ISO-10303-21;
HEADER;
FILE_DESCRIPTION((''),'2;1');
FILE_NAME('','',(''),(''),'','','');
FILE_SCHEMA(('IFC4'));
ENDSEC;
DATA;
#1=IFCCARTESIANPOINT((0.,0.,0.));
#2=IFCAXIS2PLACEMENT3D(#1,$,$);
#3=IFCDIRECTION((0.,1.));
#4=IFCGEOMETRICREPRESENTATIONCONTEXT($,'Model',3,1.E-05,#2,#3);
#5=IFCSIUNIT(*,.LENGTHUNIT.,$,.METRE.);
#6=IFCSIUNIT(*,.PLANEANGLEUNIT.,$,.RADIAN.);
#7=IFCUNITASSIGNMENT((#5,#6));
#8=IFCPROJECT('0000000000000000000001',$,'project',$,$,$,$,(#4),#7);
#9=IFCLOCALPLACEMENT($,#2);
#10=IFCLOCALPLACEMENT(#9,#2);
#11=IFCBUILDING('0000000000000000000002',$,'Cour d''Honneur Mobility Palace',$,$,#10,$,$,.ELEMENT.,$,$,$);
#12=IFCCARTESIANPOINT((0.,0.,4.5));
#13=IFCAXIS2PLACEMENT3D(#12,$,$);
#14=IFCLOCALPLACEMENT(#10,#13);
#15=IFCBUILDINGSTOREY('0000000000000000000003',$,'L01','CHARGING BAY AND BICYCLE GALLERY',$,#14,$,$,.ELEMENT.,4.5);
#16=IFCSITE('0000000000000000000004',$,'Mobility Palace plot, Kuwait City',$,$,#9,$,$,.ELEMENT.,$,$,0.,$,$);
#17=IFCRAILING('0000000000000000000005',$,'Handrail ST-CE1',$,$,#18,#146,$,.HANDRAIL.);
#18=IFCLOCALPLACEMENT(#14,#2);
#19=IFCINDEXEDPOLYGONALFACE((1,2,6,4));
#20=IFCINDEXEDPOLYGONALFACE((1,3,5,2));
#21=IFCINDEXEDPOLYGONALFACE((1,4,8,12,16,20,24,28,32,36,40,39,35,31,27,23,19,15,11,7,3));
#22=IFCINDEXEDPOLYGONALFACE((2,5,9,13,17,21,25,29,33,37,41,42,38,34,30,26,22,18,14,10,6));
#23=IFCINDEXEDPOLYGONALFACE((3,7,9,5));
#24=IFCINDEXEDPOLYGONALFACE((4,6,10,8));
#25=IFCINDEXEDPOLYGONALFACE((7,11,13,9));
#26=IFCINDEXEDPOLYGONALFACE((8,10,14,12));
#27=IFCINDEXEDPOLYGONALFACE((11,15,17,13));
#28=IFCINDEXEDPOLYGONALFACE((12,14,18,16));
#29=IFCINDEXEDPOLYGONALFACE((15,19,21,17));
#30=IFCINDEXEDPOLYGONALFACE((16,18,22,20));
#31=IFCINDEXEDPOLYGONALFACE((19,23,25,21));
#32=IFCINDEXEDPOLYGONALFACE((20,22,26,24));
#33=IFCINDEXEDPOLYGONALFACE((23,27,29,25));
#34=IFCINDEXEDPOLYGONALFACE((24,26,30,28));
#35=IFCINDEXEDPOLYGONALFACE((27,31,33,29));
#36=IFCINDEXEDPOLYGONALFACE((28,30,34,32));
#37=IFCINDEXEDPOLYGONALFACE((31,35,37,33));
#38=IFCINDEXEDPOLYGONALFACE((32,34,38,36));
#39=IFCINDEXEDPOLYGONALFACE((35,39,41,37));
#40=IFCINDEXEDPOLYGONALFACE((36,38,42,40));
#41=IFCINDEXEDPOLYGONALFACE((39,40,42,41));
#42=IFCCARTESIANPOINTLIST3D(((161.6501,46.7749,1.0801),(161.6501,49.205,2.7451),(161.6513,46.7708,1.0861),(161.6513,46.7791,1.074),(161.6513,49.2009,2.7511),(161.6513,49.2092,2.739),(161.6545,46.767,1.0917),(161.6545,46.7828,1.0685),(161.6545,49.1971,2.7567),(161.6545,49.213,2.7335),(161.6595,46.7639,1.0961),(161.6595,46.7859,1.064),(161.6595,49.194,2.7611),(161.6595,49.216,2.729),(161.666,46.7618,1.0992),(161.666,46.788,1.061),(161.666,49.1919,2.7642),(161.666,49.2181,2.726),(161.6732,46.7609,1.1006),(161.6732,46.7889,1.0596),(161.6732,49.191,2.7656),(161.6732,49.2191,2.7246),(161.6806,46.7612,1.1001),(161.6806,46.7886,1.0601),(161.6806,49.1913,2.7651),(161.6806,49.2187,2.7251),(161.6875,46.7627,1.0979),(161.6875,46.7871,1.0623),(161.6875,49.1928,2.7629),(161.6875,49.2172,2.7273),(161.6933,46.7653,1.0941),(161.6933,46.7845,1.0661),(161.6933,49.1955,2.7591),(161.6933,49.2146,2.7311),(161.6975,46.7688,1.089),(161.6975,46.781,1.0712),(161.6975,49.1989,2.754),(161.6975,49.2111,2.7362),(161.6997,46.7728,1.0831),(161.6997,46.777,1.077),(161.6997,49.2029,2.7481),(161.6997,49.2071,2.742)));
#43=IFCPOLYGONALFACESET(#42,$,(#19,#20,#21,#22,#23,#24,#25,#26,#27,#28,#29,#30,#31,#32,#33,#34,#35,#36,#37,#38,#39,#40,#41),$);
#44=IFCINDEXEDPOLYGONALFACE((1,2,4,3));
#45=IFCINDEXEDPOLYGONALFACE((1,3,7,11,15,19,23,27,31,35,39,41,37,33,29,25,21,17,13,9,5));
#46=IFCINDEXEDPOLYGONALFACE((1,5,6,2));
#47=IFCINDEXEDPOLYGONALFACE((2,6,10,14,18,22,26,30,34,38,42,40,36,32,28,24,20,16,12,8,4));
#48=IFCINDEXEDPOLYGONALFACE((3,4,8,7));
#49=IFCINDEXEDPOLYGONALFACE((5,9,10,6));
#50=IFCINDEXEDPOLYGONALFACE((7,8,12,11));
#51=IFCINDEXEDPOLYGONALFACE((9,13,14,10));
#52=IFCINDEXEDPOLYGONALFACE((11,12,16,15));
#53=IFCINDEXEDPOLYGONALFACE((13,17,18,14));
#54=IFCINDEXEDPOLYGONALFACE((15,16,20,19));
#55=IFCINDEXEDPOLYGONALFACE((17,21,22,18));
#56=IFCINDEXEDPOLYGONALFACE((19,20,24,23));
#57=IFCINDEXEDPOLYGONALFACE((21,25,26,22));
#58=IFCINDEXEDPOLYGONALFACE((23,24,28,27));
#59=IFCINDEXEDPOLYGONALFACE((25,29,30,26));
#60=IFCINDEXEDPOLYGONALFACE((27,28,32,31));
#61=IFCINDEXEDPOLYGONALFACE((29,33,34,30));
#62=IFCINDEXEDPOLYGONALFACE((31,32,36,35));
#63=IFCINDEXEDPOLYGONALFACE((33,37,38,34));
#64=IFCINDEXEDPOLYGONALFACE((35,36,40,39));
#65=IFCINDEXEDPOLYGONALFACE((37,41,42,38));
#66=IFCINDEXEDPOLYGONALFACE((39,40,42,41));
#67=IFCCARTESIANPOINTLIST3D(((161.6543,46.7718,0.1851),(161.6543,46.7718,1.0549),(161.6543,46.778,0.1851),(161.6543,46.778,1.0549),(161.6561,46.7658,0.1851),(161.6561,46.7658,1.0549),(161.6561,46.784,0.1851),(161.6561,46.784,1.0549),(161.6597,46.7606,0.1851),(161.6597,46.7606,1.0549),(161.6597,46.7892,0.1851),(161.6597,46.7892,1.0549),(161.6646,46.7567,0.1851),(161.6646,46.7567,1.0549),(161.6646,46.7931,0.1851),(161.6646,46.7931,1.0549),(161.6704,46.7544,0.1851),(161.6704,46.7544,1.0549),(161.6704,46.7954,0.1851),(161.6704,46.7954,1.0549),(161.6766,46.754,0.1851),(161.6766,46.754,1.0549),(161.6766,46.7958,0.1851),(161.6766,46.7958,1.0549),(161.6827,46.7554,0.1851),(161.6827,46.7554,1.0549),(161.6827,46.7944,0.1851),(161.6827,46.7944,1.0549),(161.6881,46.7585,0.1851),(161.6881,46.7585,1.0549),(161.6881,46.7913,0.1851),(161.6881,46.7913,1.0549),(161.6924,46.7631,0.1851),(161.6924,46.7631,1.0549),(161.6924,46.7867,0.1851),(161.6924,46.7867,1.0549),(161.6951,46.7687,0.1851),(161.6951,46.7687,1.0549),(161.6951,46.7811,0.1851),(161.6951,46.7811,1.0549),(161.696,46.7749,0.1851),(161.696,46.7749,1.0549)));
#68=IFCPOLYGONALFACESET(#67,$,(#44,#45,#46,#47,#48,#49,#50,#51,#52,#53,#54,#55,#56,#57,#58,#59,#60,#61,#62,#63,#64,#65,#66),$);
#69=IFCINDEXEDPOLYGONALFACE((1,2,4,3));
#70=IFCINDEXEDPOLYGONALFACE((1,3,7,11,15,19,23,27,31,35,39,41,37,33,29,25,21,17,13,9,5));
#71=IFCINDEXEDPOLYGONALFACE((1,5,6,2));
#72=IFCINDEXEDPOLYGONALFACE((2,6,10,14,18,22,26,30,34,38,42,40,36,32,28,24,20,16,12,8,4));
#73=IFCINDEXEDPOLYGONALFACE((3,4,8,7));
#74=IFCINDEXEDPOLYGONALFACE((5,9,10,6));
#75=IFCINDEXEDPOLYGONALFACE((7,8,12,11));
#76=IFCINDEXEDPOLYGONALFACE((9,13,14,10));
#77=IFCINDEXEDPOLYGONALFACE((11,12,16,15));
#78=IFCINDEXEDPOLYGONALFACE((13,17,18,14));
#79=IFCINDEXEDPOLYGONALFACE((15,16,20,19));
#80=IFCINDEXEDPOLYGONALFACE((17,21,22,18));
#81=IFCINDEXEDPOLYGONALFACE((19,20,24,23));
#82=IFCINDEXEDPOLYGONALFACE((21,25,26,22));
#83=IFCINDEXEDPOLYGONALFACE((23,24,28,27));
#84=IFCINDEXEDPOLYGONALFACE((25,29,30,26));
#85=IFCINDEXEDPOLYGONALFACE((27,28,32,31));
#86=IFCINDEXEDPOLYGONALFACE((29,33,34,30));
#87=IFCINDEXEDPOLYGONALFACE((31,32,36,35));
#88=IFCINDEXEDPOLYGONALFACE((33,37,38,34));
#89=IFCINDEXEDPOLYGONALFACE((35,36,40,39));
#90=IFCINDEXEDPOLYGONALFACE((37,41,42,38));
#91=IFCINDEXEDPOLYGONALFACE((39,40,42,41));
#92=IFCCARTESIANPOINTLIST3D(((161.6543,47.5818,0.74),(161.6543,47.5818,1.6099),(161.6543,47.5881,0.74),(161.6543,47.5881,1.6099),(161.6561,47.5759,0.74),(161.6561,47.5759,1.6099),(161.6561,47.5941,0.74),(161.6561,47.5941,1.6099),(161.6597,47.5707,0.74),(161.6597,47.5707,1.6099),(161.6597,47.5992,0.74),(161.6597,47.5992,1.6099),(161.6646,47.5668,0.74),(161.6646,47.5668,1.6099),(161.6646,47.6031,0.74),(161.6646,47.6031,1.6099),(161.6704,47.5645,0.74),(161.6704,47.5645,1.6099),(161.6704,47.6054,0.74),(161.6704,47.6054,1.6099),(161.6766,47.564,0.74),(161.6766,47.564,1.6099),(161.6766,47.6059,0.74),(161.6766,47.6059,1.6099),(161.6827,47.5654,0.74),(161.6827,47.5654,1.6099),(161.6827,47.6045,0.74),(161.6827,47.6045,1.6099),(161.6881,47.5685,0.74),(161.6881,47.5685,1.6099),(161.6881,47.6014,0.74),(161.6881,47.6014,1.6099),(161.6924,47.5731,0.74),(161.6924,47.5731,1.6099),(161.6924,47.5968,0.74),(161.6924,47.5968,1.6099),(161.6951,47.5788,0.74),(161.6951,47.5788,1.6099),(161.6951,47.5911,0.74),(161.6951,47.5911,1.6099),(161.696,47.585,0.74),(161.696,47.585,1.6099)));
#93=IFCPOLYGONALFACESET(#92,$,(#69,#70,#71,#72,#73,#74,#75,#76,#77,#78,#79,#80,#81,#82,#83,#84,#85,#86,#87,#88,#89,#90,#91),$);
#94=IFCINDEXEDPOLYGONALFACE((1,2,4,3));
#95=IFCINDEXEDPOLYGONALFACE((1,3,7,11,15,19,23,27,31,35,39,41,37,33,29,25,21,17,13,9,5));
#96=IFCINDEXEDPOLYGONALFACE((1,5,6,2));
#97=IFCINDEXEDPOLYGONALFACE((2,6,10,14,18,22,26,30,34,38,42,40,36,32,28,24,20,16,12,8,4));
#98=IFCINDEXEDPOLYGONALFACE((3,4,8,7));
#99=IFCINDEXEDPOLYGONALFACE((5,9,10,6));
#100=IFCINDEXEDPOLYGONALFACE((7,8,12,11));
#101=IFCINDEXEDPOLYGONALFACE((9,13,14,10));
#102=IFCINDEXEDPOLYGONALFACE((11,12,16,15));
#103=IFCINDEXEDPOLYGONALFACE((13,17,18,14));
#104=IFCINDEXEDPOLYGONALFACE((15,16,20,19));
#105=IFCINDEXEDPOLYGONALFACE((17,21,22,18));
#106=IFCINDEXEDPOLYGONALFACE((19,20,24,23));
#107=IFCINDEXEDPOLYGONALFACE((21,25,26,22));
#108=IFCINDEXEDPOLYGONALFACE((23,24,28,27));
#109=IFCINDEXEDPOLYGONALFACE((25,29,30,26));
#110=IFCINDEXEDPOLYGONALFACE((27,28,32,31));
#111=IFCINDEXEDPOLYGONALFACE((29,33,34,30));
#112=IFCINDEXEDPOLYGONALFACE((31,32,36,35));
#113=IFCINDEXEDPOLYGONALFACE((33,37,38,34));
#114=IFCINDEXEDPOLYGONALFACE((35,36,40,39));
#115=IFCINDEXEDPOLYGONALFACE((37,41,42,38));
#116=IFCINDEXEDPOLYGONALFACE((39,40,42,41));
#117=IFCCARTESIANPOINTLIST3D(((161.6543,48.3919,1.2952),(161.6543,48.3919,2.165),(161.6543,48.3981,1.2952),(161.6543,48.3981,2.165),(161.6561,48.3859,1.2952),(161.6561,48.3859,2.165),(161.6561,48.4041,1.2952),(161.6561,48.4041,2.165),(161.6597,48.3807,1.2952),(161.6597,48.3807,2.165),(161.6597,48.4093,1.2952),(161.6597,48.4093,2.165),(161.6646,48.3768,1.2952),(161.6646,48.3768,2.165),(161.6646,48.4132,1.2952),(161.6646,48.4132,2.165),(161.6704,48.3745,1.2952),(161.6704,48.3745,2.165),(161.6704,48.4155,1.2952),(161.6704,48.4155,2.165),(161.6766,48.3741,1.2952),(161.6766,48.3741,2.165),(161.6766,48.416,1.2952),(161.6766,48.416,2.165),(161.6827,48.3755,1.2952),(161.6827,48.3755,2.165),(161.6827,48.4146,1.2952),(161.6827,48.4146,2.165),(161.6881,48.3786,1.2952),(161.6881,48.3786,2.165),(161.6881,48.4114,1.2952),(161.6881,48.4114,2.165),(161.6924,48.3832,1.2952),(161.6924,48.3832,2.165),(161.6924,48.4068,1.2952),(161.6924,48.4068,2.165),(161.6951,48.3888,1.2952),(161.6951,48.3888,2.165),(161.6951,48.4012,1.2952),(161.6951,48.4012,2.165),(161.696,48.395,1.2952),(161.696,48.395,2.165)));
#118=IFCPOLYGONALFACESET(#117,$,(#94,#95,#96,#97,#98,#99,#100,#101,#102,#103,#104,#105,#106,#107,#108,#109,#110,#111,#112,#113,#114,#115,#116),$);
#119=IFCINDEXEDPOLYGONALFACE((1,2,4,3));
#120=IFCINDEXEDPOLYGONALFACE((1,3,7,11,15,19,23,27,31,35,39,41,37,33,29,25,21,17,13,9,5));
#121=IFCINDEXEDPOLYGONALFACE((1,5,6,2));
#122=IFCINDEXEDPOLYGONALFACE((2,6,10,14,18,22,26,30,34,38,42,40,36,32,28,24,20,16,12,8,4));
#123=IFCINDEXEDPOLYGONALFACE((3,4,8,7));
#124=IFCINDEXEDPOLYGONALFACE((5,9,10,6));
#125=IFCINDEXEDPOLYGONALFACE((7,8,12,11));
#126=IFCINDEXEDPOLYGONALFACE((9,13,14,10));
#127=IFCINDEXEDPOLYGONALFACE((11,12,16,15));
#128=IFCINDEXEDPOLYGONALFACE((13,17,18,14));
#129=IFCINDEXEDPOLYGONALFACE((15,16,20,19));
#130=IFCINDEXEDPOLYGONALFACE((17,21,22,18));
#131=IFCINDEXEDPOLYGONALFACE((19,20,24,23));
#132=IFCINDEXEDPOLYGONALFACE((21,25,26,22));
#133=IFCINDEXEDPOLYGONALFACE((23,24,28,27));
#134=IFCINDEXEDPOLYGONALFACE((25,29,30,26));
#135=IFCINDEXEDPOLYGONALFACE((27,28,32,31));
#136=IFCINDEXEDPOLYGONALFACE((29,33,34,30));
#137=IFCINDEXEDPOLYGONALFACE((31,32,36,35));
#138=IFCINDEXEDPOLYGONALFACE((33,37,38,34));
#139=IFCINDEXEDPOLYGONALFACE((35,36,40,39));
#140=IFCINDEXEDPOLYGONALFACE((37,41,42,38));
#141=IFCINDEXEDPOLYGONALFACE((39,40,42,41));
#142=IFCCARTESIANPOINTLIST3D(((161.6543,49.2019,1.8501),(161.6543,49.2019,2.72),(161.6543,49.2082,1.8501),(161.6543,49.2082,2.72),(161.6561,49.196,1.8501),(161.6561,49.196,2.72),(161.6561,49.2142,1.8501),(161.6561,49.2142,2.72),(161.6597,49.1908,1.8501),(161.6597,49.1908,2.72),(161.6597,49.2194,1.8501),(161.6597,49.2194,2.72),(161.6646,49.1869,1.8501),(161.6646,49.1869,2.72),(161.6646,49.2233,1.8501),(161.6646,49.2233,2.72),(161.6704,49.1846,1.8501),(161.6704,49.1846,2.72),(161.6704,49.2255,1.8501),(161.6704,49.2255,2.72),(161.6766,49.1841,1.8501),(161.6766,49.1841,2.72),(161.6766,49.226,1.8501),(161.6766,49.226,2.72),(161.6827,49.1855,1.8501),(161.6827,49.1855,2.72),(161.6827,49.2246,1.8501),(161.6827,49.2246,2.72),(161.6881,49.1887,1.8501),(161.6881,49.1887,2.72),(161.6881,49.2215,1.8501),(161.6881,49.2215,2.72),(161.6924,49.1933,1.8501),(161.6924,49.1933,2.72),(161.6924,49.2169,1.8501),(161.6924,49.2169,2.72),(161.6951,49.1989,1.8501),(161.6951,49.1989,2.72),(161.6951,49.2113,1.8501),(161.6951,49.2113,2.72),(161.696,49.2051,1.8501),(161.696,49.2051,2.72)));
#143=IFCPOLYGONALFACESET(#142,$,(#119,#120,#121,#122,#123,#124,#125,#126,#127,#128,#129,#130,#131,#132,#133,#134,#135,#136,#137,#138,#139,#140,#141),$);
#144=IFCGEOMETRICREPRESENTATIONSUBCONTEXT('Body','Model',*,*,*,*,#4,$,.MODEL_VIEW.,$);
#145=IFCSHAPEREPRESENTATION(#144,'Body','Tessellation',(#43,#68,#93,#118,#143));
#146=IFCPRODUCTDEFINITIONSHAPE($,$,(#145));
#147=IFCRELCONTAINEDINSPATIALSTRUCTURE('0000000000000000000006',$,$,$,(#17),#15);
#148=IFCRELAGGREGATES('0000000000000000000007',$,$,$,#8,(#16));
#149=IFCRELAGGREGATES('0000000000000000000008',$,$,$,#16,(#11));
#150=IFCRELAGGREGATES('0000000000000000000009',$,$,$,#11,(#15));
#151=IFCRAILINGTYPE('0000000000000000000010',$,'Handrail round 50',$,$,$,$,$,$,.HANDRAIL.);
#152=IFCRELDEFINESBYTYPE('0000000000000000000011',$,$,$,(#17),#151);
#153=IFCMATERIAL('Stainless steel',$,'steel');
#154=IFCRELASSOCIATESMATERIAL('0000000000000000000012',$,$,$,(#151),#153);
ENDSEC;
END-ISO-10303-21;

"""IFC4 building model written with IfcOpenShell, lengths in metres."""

from ifc_helpers import new_model, si_unit, direction, frame, origin, origin_2d, place, context, subcontext, project, spatial, circle, extrude, material, type_object, element, save


model = new_model("IFC4")

# Units and contexts
model_context = context("Model", 3, precision=1e-05, world=origin(), true_north=direction((0.0, 1.0)))
body_context = subcontext(model_context, "Body", "Model", "MODEL_VIEW")
ifc_project = project(units=[si_unit("LENGTHUNIT", "METRE"), si_unit("PLANEANGLEUNIT", "RADIAN")], contexts=[model_context])

# Site, building, storey
site_placement = place(None, origin())
site = spatial("IfcSite", under=ifc_project, at=site_placement, Name="Mobility Palace plot, Kuwait City", CompositionType="ELEMENT", RefElevation=0.0)
building_placement = place(site_placement, origin())
building = spatial("IfcBuilding", under=site, at=building_placement, Name="Cour d'Honneur Mobility Palace", CompositionType="ELEMENT")
storey_placement = place(building_placement, frame((0.0, 0.0, 4.5)))
storey = spatial("IfcBuildingStorey", under=building, at=storey_placement, Name="L01", Description="CHARGING BAY AND BICYCLE GALLERY", CompositionType="ELEMENT", Elevation=4.5)

# Railing
ifc_material_1 = material(Name="Stainless steel", Category="steel")
railing_type_1 = type_object("IfcRailingType", Name="Handrail round 50", PredefinedType="HANDRAIL", material=ifc_material_1)
for number, where, name in (
    (1, (161.675, 46.7749, 0.1851), "Handrail ST-CE1"),
):
    element("IfcRailing", number, at=place(storey_placement, frame(where)), inside=storey, type_object=railing_type_1, Name=name, PredefinedType="HANDRAIL", context=body_context, shape_type="SweptSolid", body=[
        extrude(circle(Radius=0.0249, at=origin_2d()), frame((0.0, 0.0, 0.895), z_axis=(0.0, 0.824945, 0.565213), x_axis=(-1.0, 0.0, 0.0)), (0.0, 0.0, 1.0), 2.9458),
        extrude(circle(Radius=0.021, at=origin_2d()), origin(), (0.0, 0.0, 1.0), 0.8699),
        extrude(circle(Radius=0.021, at=origin_2d()), frame((0.0, 0.8101, 0.5549)), (0.0, 0.0, 1.0), 0.8699),
        extrude(circle(Radius=0.021, at=origin_2d()), frame((0.0, 1.6201, 1.1101)), (0.0, 0.0, 1.0), 0.8699),
        extrude(circle(Radius=0.021, at=origin_2d()), frame((0.0, 2.4302, 1.665)), (0.0, 0.0, 1.0), 0.8699),
    ])

save(model, "model.ifc")
